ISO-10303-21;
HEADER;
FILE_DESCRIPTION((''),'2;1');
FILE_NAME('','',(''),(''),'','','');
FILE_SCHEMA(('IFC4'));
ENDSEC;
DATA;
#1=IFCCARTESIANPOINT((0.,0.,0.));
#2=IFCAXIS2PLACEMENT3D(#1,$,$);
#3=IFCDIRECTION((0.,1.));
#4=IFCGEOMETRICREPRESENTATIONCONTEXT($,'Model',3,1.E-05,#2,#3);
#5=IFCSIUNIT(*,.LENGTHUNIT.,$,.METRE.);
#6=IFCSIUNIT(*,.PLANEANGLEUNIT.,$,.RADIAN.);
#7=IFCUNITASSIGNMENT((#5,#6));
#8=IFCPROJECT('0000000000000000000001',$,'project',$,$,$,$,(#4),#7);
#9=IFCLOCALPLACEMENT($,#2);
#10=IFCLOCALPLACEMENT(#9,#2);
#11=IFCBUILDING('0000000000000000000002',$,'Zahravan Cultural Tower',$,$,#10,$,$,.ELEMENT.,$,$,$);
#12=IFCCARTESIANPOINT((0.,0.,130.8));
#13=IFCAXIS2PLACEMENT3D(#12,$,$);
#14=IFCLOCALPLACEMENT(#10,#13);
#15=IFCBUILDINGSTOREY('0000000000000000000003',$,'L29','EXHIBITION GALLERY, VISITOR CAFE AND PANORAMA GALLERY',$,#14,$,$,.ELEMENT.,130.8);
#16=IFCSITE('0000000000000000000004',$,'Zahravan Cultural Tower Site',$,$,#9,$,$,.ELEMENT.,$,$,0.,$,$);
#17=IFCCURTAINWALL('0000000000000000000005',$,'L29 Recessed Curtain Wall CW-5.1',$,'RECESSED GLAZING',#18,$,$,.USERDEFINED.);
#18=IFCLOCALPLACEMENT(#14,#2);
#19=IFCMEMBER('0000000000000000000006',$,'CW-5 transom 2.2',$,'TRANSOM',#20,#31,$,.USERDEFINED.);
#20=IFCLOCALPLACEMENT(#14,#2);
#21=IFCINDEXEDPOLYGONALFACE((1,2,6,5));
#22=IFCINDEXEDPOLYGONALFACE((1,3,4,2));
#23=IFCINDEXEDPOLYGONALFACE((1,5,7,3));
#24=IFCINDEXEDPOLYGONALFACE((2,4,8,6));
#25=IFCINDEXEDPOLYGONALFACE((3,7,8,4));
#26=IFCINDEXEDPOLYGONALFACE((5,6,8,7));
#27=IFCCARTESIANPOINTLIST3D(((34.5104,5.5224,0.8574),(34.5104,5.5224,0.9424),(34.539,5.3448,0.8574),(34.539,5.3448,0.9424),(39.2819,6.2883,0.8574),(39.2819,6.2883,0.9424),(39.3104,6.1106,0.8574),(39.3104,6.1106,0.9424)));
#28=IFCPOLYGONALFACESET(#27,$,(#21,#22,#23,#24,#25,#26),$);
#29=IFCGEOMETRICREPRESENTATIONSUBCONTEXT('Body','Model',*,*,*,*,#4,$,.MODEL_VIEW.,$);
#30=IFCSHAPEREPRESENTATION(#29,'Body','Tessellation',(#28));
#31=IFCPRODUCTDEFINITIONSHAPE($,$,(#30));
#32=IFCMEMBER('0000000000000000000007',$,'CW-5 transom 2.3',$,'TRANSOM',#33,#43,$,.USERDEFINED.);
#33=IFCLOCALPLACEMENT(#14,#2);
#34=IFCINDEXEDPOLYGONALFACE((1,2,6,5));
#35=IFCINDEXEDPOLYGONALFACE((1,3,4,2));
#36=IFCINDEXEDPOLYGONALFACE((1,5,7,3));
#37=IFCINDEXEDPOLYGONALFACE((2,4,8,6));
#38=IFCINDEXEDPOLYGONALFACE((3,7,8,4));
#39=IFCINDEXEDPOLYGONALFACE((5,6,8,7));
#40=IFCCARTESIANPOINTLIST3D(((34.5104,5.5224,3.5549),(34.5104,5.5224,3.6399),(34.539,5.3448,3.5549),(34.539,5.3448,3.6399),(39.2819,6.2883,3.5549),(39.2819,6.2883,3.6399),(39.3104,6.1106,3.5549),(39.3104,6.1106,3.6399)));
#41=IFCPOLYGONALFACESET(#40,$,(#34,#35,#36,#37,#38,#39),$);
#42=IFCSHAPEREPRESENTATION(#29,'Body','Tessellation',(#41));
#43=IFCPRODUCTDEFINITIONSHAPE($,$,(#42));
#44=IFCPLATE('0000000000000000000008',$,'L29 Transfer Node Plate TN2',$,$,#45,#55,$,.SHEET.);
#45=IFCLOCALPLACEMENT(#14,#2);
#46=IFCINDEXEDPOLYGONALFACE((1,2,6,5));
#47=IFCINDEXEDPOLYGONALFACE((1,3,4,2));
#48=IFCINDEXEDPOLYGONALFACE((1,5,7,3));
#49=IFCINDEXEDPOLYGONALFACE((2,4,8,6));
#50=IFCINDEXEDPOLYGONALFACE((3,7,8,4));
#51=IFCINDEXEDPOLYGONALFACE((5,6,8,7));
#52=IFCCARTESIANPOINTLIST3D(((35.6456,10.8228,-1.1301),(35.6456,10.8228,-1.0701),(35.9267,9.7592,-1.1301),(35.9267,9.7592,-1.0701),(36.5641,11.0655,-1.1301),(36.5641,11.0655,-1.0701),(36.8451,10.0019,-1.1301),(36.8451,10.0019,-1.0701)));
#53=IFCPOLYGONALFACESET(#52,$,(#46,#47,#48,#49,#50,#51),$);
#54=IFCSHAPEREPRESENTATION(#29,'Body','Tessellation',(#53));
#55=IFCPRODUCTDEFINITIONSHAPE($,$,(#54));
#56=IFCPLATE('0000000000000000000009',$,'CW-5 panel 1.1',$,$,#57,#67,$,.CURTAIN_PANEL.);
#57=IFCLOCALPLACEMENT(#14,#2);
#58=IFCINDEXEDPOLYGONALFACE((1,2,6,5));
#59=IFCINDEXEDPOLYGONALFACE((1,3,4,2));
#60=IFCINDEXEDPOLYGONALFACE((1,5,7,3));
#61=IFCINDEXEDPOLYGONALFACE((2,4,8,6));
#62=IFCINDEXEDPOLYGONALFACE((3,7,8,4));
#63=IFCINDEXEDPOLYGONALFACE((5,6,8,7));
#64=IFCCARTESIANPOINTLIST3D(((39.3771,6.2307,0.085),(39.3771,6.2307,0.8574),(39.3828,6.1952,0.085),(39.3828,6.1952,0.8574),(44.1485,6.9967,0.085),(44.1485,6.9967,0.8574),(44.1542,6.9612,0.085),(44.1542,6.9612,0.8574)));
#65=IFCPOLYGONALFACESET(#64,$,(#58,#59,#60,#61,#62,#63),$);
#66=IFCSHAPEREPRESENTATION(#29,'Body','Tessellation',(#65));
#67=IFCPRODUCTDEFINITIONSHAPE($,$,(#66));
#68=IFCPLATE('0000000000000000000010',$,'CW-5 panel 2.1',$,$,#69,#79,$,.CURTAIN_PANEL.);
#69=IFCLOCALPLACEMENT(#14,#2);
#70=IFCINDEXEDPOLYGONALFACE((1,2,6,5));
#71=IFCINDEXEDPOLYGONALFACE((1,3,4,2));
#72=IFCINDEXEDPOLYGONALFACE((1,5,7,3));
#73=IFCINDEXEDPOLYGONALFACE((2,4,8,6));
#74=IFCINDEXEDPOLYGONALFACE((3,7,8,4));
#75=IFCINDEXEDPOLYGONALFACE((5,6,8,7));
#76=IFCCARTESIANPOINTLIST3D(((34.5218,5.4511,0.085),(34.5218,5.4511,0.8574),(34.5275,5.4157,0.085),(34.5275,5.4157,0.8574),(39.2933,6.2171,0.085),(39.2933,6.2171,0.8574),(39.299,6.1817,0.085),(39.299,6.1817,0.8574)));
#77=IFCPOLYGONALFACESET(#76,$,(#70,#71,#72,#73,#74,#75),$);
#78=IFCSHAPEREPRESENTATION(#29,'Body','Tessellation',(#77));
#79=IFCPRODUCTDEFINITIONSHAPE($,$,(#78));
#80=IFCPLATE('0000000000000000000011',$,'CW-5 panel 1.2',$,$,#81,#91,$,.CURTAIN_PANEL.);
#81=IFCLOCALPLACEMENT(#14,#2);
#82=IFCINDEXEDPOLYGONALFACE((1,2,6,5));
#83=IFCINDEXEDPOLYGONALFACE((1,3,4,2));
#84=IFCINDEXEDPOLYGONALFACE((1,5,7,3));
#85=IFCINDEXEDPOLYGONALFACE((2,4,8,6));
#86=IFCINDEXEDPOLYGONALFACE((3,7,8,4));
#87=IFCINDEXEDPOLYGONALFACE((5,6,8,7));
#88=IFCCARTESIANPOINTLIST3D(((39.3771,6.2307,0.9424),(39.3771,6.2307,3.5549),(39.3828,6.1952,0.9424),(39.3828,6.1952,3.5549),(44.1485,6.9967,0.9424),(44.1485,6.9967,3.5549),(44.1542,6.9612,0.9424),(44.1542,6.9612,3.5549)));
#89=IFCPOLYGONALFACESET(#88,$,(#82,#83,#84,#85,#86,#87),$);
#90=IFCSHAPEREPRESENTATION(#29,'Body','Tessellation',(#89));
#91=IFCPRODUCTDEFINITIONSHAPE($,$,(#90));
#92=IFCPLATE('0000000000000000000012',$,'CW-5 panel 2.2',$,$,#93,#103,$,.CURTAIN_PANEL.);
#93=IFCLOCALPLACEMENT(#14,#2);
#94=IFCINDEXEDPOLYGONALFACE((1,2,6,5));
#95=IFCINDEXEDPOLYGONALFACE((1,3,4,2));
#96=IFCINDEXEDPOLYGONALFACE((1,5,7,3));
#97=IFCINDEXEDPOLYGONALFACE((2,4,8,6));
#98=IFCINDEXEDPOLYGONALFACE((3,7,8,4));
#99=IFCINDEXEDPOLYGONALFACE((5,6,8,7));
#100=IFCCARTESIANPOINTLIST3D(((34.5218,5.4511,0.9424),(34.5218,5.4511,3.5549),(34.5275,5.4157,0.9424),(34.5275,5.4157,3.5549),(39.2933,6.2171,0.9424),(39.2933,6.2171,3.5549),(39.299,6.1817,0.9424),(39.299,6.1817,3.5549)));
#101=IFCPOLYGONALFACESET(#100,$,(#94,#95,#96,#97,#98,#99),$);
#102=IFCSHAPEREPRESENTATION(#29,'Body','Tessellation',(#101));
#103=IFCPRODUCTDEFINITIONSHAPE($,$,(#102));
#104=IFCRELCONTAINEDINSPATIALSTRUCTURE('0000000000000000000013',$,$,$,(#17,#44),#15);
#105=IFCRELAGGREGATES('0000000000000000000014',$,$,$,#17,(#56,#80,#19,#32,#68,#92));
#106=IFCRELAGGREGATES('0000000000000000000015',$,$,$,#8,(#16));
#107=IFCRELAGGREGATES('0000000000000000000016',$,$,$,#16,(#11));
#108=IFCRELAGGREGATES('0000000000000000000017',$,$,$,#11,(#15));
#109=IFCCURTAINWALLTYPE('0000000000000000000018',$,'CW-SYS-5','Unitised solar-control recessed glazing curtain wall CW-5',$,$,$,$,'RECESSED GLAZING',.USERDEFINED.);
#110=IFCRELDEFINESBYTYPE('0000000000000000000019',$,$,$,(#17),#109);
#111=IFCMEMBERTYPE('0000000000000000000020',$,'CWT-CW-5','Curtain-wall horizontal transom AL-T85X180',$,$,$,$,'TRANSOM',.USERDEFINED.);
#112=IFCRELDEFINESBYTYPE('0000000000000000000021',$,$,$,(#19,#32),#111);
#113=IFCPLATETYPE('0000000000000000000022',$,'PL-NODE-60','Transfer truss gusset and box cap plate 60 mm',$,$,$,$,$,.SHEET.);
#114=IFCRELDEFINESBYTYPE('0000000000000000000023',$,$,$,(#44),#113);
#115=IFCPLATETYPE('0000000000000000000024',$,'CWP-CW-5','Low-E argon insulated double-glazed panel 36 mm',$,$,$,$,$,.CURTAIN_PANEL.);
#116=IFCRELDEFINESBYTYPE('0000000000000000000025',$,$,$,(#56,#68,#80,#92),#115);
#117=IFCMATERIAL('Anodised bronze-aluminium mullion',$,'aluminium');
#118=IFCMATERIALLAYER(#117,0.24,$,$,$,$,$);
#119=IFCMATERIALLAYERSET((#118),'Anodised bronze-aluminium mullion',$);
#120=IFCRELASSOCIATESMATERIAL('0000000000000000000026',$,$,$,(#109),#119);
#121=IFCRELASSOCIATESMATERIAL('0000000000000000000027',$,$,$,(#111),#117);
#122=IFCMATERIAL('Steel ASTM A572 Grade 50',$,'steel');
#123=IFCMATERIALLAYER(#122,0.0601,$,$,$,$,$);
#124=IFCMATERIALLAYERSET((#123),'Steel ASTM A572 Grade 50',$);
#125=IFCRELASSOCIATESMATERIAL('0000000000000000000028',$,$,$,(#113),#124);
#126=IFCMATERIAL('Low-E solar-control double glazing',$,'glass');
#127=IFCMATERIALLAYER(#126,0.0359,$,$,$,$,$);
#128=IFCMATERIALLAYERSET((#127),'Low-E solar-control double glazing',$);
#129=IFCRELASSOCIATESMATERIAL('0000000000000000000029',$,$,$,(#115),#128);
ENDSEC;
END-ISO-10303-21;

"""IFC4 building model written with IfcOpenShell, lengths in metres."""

from ifc_helpers import new_model, si_unit, direction, frame, origin, origin_2d, place, context, subcontext, project, spatial, rectangle, extrude, source, transform, mapped, material, layer, layer_set, material_profile, profile_set, type_object, element, aggregate, save


model = new_model("IFC4")

# Units and contexts
model_context = context("Model", 3, precision=1e-05, world=origin(), true_north=direction((0.0, 1.0)))
body_context = subcontext(model_context, "Body", "Model", "MODEL_VIEW")
ifc_project = project(units=[si_unit("LENGTHUNIT", "METRE"), si_unit("PLANEANGLEUNIT", "RADIAN")], contexts=[model_context])

# Site, building, storey
site_placement = place(None, origin())
site = spatial("IfcSite", under=ifc_project, at=site_placement, Name="Zahravan Cultural Tower Site", CompositionType="ELEMENT", RefElevation=0.0)
building_placement = place(site_placement, origin())
building = spatial("IfcBuilding", under=site, at=building_placement, Name="Zahravan Cultural Tower", CompositionType="ELEMENT")
storey_placement = place(building_placement, frame((0.0, 0.0, 130.8)))
storey = spatial("IfcBuildingStorey", under=building, at=storey_placement, Name="L29", Description="EXHIBITION GALLERY, VISITOR CAFE AND PANORAMA GALLERY", CompositionType="ELEMENT", Elevation=130.8)

# Shared definitions
ifc_material_1 = material(Name="Steel ASTM A572 Grade 50", Category="steel")

# Curtain wall, members
ifc_material_2 = material(Name="Anodised bronze-aluminium mullion", Category="aluminium")
ifc_layer_1 = layer(ifc_material_2, 0.24)
ifc_layer_set_1 = layer_set([ifc_layer_1], Name="Anodised bronze-aluminium mullion")
curtain_wall_type = type_object("IfcCurtainWallType", Name="CW-SYS-5", Description="Unitised solar-control recessed glazing curtain wall CW-5", ElementType="RECESSED GLAZING", PredefinedType="USERDEFINED", material=ifc_layer_set_1)
curtain_wall_placement = place(storey_placement, origin())
curtain_wall = element("IfcCurtainWall", 1, at=curtain_wall_placement, inside=storey, type_object=curtain_wall_type, Name="L29 Recessed Curtain Wall CW-5.1", ObjectType="RECESSED GLAZING", PredefinedType="USERDEFINED")
ifc_material_profile_1 = material_profile(ifc_material_2, rectangle(XDim=0.1799, YDim=0.085, at=origin_2d()), Name="AL-T85X180")
ifc_profile_set_1 = profile_set([ifc_material_profile_1], Name="Anodised bronze-aluminium mullion")
member_type_1 = type_object("IfcMemberType", Name="CWT-CW-5", Description="Curtain-wall horizontal transom AL-T85X180", ElementType="TRANSOM", PredefinedType="USERDEFINED", material=ifc_profile_set_1)
shared_shape_1 = source(origin(), body_context, "Body", "SweptSolid", [
    extrude(rectangle(XDim=0.1799, YDim=0.085, at=origin_2d()), origin(), (0.0, 0.0, 1.0), 4.8325),
])
member_1_placement = place(storey_placement, frame((39.2961, 6.1995, 0.8999), z_axis=(-0.987362, -0.158481, 0.0), x_axis=(0.158481, -0.987362, 0.0)))
member_1 = element("IfcMember", 2, at=member_1_placement, type_object=member_type_1, Name="CW-5 transom 2.2", ObjectType="TRANSOM", PredefinedType="USERDEFINED", context=body_context, shape_type="MappedRepresentation", body=[
    mapped(shared_shape_1, transform((0.0, 0.0, 0.0), x_axis=(1.0, 0.0, 0.0), y_axis=(0.0, 1.0, 0.0), z_axis=(0.0, 0.0, 1.0), scale=1.0)),
])
member_2_placement = place(storey_placement, frame((39.2961, 6.1995, 3.5974), z_axis=(-0.987362, -0.158481, 0.0), x_axis=(0.158481, -0.987362, 0.0)))
member_2 = element("IfcMember", 3, at=member_2_placement, type_object=member_type_1, Name="CW-5 transom 2.3", ObjectType="TRANSOM", PredefinedType="USERDEFINED", context=body_context, shape_type="MappedRepresentation", body=[
    mapped(shared_shape_1, transform((0.0, 0.0, 0.0), x_axis=(1.0, 0.0, 0.0), y_axis=(0.0, 1.0, 0.0), z_axis=(0.0, 0.0, 1.0), scale=1.0)),
])

# Plates
ifc_layer_2 = layer(ifc_material_1, 0.0601)
ifc_layer_set_2 = layer_set([ifc_layer_2], Name="Steel ASTM A572 Grade 50")
plate_type_1 = type_object("IfcPlateType", Name="PL-NODE-60", Description="Transfer truss gusset and box cap plate 60 mm", PredefinedType="SHEET", material=ifc_layer_set_2)
shared_shape_2 = source(origin(), body_context, "Body", "SweptSolid", [
    extrude(rectangle(XDim=1.1001, YDim=0.95, at=origin_2d()), origin(), (0.0, 0.0, 1.0), 0.0601),
])
plate_1_placement = place(storey_placement, frame((36.2454, 10.4124, -1.1301), z_axis=(0.0, 0.0, 1.0), x_axis=(-0.255446, 0.966823, 0.0)))
element("IfcPlate", 4, at=plate_1_placement, inside=storey, type_object=plate_type_1, Name="L29 Transfer Node Plate TN2", PredefinedType="SHEET", context=body_context, shape_type="MappedRepresentation", body=[
    mapped(shared_shape_2, transform((0.0, 0.0, 0.0), x_axis=(1.0, 0.0, 0.0), y_axis=(0.0, 1.0, 0.0), z_axis=(0.0, 0.0, 1.0), scale=1.0)),
])
ifc_material_3 = material(Name="Low-E solar-control double glazing", Category="glass")
ifc_layer_3 = layer(ifc_material_3, 0.0359)
ifc_layer_set_3 = layer_set([ifc_layer_3], Name="Low-E solar-control double glazing")
plate_type_2 = type_object("IfcPlateType", Name="CWP-CW-5", Description="Low-E argon insulated double-glazed panel 36 mm", PredefinedType="CURTAIN_PANEL", material=ifc_layer_set_3)
shared_shape_3 = source(origin(), body_context, "Body", "SweptSolid", [
    extrude(rectangle(XDim=4.8325, YDim=0.0359, at=origin_2d()), origin(), (0.0, 0.0, 1.0), 0.7725),
])
plate_2_placement = place(storey_placement, frame((41.7656, 6.5959, 0.085), z_axis=(0.0, 0.0, 1.0), x_axis=(-0.987358, -0.158506, 0.0)))
plate_2 = element("IfcPlate", 5, at=plate_2_placement, type_object=plate_type_2, Name="CW-5 panel 1.1", PredefinedType="CURTAIN_PANEL", context=body_context, shape_type="MappedRepresentation", body=[
    mapped(shared_shape_3, transform((0.0, 0.0, 0.0), x_axis=(1.0, 0.0, 0.0), y_axis=(0.0, 1.0, 0.0), z_axis=(0.0, 0.0, 1.0), scale=1.0)),
])
plate_3_placement = place(storey_placement, frame((36.9104, 5.8164, 0.085), z_axis=(0.0, 0.0, 1.0), x_axis=(-0.987358, -0.158506, 0.0)))
plate_3 = element("IfcPlate", 6, at=plate_3_placement, type_object=plate_type_2, Name="CW-5 panel 2.1", PredefinedType="CURTAIN_PANEL", context=body_context, shape_type="MappedRepresentation", body=[
    mapped(shared_shape_3, transform((0.0, 0.0, 0.0), x_axis=(1.0, 0.0, 0.0), y_axis=(0.0, 1.0, 0.0), z_axis=(0.0, 0.0, 1.0), scale=1.0)),
])
shared_shape_4 = source(origin(), body_context, "Body", "SweptSolid", [
    extrude(rectangle(XDim=4.8325, YDim=0.0359, at=origin_2d()), origin(), (0.0, 0.0, 1.0), 2.6125),
])
plate_4_placement = place(storey_placement, frame((41.7656, 6.5959, 0.9424), z_axis=(0.0, 0.0, 1.0), x_axis=(-0.987358, -0.158506, 0.0)))
plate_4 = element("IfcPlate", 7, at=plate_4_placement, type_object=plate_type_2, Name="CW-5 panel 1.2", PredefinedType="CURTAIN_PANEL", context=body_context, shape_type="MappedRepresentation", body=[
    mapped(shared_shape_4, transform((0.0, 0.0, 0.0), x_axis=(1.0, 0.0, 0.0), y_axis=(0.0, 1.0, 0.0), z_axis=(0.0, 0.0, 1.0), scale=1.0)),
])
plate_5_placement = place(storey_placement, frame((36.9104, 5.8164, 0.9424), z_axis=(0.0, 0.0, 1.0), x_axis=(-0.987358, -0.158506, 0.0)))
plate_5 = element("IfcPlate", 8, at=plate_5_placement, type_object=plate_type_2, Name="CW-5 panel 2.2", PredefinedType="CURTAIN_PANEL", context=body_context, shape_type="MappedRepresentation", body=[
    mapped(shared_shape_4, transform((0.0, 0.0, 0.0), x_axis=(1.0, 0.0, 0.0), y_axis=(0.0, 1.0, 0.0), z_axis=(0.0, 0.0, 1.0), scale=1.0)),
])
aggregate(curtain_wall, [plate_2, plate_4, member_1, member_2, plate_3, plate_5])

save(model, "model.ifc")
